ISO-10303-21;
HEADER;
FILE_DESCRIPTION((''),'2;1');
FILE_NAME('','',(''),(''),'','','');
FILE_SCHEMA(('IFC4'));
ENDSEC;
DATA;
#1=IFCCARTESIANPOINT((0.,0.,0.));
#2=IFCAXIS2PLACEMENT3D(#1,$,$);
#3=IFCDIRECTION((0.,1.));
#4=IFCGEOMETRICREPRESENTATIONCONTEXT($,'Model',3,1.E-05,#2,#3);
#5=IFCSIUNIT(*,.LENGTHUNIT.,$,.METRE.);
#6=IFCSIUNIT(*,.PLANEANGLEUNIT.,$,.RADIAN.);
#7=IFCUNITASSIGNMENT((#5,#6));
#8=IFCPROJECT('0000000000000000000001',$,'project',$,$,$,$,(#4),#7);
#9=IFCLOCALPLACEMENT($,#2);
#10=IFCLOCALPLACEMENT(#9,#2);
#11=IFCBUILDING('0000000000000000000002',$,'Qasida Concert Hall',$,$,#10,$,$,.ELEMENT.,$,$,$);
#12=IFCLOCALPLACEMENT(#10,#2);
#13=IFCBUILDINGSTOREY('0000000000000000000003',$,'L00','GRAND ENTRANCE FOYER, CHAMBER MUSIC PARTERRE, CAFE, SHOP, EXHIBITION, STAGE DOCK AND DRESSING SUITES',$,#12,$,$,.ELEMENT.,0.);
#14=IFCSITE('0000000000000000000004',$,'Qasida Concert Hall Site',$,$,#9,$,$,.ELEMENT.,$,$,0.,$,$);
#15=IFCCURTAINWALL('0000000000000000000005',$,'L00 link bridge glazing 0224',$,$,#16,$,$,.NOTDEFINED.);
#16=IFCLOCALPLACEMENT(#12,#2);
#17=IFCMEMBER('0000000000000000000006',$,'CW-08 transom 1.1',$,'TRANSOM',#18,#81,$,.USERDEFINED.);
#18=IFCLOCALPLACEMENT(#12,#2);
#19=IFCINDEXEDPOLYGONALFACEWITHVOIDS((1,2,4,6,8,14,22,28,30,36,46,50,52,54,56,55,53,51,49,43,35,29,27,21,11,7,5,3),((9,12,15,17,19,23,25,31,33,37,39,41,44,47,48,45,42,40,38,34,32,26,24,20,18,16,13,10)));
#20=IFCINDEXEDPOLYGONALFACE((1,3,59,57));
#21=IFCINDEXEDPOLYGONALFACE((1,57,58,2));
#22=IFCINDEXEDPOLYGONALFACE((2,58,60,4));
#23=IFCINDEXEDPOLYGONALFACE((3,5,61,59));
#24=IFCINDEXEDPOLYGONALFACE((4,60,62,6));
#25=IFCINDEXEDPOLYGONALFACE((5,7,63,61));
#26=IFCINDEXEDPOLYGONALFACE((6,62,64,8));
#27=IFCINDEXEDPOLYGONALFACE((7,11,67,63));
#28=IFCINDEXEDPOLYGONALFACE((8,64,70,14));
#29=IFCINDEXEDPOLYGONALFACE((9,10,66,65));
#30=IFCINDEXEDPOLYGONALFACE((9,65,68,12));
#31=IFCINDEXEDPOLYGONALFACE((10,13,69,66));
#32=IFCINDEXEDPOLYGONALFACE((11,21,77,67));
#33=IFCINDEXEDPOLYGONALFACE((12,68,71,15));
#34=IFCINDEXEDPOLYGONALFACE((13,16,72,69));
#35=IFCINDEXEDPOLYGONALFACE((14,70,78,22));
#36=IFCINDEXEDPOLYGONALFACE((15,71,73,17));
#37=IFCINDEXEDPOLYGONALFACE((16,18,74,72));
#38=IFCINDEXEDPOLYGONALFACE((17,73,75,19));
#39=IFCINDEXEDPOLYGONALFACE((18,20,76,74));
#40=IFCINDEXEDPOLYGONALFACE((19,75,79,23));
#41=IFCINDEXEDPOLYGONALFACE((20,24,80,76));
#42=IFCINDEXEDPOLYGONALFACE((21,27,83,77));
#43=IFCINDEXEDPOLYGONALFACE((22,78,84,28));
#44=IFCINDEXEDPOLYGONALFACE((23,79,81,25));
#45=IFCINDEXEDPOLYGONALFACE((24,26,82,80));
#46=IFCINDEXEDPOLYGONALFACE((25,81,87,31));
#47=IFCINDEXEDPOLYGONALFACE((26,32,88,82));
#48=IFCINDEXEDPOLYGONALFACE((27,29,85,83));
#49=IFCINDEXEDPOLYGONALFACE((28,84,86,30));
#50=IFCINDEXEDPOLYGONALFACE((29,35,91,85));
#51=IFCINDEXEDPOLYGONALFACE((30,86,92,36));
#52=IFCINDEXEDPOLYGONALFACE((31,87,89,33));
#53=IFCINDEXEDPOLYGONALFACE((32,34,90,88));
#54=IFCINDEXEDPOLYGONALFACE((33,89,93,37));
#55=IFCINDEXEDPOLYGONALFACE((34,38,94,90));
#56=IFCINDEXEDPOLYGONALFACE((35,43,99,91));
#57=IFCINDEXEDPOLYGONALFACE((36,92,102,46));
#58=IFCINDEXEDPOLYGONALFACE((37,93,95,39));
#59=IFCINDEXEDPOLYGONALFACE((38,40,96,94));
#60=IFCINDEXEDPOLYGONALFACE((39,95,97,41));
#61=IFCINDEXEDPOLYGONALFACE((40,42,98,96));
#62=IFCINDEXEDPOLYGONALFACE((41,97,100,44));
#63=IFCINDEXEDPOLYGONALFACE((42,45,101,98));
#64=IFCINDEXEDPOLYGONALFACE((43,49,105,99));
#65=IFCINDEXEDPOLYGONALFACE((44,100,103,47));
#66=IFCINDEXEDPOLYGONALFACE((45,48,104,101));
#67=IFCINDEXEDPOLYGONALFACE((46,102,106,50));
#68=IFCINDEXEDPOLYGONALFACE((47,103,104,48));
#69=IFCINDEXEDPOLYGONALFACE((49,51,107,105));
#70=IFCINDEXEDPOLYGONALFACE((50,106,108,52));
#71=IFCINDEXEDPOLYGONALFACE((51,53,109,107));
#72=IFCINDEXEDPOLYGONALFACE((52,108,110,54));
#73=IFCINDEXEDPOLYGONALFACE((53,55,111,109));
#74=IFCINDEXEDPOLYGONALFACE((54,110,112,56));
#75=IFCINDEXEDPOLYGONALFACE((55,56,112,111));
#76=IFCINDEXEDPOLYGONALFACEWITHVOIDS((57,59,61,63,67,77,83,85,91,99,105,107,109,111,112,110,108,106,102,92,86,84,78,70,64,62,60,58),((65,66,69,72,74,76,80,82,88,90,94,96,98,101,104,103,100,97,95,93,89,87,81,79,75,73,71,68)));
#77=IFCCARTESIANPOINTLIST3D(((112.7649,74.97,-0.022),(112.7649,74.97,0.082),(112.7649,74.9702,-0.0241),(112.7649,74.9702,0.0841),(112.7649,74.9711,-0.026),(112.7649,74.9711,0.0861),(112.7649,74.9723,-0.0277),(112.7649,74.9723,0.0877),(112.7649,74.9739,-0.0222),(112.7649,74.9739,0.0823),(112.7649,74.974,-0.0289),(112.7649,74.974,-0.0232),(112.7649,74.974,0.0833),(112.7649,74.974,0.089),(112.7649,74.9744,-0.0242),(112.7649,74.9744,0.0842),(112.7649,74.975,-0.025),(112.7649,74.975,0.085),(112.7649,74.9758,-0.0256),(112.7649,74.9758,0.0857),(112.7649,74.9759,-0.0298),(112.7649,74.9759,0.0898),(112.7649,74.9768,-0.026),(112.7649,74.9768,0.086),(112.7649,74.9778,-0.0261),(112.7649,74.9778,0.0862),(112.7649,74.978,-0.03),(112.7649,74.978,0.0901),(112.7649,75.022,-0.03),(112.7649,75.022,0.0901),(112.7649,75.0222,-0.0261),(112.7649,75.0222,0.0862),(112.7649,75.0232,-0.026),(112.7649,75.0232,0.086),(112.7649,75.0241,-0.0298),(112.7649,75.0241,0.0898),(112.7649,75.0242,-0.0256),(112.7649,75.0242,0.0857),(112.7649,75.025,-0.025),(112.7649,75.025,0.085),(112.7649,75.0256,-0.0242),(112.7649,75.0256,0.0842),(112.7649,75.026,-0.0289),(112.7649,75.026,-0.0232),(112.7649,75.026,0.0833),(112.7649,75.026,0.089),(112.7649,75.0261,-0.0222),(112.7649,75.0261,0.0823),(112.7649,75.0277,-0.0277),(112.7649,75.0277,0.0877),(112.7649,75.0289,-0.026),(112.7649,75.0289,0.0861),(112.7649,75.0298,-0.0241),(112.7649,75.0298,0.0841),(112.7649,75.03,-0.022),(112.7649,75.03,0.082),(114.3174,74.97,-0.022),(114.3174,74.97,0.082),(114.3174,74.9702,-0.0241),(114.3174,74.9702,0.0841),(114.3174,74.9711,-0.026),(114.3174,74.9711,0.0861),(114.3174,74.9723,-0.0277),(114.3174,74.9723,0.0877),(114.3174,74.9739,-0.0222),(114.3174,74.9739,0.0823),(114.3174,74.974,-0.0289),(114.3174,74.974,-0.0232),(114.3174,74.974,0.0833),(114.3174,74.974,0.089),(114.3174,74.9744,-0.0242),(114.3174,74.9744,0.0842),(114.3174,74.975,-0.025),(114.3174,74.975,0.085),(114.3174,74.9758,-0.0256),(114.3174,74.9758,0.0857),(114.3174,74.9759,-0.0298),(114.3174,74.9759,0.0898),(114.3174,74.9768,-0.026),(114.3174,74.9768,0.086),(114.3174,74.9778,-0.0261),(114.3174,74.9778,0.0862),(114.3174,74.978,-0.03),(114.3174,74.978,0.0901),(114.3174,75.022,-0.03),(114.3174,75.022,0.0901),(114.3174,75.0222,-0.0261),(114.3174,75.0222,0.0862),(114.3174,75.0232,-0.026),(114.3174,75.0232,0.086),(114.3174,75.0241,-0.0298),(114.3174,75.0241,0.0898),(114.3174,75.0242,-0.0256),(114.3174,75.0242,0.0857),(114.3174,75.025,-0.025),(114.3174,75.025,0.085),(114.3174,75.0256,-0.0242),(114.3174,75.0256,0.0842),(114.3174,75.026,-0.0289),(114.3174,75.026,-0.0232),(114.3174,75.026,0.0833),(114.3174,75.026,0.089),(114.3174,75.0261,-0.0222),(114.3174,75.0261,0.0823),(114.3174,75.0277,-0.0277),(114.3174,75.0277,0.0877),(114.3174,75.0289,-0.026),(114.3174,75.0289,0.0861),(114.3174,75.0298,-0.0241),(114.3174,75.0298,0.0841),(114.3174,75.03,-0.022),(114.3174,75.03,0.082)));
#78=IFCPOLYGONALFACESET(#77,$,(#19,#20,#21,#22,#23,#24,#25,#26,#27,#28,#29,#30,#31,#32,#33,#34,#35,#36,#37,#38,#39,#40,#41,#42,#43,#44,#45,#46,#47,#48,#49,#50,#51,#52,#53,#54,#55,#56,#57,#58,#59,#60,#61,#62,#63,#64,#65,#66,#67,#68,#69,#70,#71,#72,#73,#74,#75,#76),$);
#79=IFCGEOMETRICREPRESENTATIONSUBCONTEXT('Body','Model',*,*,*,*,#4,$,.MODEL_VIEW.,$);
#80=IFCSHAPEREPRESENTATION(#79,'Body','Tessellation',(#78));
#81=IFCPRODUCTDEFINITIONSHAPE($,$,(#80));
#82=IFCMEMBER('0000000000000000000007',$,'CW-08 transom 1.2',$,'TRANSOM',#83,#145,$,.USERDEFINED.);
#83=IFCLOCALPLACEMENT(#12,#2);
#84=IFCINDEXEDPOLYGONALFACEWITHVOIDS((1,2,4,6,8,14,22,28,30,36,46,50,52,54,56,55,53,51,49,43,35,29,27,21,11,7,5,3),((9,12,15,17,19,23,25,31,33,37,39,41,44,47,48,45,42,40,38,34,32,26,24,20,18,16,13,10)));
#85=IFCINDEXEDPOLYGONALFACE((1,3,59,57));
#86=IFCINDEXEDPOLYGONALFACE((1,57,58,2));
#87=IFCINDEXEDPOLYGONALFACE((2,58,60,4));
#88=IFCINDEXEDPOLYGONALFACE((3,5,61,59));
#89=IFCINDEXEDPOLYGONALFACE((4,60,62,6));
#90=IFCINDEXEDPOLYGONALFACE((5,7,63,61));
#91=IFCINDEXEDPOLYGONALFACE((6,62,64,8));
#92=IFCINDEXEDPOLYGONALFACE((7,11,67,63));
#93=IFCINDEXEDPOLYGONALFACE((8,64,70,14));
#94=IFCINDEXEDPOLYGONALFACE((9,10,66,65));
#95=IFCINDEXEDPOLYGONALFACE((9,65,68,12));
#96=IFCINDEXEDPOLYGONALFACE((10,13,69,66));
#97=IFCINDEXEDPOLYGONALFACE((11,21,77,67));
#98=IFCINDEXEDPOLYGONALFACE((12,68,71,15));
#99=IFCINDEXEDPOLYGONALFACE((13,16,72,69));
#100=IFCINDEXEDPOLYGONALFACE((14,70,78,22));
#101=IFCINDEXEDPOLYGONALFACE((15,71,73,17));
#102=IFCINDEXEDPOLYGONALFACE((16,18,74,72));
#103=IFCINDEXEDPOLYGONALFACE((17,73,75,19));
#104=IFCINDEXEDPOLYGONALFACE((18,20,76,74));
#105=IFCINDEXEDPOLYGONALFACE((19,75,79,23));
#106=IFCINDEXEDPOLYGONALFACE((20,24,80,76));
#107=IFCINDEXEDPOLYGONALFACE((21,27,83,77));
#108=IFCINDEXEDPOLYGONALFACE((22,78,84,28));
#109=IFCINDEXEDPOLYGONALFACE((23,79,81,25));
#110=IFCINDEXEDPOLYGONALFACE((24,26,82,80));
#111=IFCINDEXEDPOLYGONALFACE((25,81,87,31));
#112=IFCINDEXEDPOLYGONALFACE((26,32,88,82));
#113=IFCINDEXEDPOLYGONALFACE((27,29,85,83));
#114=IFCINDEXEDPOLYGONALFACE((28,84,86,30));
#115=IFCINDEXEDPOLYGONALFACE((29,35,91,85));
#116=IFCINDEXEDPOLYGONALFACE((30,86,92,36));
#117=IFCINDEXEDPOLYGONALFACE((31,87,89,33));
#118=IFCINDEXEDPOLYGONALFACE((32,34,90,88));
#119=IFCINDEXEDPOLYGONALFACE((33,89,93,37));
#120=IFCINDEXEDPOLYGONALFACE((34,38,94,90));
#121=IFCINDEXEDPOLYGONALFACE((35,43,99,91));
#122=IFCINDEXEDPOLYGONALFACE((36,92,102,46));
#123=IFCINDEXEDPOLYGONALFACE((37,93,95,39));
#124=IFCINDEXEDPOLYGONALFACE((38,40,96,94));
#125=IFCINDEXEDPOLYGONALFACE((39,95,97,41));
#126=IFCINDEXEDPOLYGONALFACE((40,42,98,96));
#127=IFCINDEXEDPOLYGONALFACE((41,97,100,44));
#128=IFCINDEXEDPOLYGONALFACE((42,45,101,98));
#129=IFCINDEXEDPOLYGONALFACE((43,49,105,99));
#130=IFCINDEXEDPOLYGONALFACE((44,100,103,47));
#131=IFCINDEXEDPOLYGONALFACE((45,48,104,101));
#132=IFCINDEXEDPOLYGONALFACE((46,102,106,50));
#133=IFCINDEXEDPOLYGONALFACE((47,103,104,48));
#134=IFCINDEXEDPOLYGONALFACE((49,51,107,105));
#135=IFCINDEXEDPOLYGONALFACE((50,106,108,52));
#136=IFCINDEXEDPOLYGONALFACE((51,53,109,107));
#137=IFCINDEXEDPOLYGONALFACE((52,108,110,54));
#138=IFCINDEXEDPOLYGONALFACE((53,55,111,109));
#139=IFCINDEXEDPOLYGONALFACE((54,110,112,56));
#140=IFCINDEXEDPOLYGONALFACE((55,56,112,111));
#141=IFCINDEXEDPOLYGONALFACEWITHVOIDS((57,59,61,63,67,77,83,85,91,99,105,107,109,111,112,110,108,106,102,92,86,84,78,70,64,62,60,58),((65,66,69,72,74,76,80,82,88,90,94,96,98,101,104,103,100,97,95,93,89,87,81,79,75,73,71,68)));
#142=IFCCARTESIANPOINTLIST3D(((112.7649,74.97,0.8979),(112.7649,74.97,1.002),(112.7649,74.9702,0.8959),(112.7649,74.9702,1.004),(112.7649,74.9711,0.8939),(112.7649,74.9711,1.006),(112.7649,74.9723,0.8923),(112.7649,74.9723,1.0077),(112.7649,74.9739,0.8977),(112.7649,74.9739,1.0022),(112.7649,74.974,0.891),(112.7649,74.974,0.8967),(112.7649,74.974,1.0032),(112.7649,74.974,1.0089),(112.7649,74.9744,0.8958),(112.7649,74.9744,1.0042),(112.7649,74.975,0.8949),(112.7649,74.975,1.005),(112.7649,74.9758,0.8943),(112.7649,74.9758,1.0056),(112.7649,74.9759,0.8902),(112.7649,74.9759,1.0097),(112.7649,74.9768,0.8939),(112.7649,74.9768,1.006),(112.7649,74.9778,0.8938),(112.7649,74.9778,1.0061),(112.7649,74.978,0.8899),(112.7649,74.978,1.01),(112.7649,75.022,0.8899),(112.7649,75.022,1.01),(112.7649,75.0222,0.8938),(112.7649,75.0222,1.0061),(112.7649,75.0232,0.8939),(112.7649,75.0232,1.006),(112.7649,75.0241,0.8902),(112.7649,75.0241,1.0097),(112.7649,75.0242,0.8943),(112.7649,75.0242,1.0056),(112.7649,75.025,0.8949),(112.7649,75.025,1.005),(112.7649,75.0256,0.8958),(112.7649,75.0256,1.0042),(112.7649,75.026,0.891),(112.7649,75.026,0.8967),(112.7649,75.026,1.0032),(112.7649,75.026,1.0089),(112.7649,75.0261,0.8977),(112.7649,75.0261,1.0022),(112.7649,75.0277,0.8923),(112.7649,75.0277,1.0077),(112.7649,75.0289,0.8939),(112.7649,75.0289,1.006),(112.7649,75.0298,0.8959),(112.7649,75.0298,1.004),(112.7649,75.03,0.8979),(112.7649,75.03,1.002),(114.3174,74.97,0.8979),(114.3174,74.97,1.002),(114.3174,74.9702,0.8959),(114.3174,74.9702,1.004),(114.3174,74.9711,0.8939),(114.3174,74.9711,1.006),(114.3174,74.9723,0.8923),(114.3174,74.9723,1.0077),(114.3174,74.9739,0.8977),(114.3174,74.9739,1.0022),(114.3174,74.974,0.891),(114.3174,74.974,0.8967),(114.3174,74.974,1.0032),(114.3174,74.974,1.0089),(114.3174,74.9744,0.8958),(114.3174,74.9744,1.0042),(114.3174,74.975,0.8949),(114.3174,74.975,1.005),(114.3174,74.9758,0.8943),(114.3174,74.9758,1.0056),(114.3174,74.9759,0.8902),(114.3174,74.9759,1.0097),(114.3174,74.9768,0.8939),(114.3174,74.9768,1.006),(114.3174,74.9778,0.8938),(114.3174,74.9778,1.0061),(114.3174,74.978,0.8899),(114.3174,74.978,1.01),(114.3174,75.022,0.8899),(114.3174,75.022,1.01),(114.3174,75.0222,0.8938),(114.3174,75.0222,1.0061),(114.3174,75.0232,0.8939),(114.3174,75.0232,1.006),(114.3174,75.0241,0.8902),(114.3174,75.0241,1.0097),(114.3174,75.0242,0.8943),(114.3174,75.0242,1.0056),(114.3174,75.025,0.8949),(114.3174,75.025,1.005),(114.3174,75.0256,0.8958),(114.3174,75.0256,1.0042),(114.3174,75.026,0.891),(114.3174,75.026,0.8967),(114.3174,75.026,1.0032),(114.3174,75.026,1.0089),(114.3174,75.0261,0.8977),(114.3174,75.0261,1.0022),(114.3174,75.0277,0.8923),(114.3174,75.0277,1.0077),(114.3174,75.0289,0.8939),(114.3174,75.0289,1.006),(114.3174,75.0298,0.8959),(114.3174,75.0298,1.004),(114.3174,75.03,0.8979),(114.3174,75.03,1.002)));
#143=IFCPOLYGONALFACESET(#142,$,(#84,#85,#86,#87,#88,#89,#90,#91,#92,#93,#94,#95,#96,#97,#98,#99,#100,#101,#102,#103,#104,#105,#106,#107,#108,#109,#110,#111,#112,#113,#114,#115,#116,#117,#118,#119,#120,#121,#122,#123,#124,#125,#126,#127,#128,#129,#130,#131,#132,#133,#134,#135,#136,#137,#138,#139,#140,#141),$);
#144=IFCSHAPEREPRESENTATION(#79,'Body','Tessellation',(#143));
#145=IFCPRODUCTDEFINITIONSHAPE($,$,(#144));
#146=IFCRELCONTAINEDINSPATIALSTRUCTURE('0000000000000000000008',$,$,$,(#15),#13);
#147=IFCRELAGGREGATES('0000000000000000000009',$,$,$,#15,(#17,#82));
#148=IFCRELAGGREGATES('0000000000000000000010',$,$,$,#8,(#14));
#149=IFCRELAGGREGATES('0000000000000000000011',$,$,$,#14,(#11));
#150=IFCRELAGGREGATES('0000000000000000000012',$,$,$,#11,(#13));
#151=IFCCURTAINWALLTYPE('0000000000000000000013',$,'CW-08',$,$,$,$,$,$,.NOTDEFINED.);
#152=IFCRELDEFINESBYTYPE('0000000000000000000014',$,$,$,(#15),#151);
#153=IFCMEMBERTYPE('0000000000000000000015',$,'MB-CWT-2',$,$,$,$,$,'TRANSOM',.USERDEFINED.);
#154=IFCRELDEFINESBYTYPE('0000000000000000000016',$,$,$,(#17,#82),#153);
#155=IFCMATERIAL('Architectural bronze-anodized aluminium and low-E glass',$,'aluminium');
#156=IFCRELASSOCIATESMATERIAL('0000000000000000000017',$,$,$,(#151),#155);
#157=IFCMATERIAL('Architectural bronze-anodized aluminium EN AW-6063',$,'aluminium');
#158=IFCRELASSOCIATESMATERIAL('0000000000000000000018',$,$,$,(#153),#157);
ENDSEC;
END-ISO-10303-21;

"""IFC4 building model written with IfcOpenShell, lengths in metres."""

from ifc_helpers import new_model, si_unit, direction, frame, origin, origin_2d, place, context, subcontext, project, spatial, hollow_rectangle, extrude, material, material_profile, profile_set, type_object, element, aggregate, save


model = new_model("IFC4")

# Units and contexts
model_context = context("Model", 3, precision=1e-05, world=origin(), true_north=direction((0.0, 1.0)))
body_context = subcontext(model_context, "Body", "Model", "MODEL_VIEW")
ifc_project = project(units=[si_unit("LENGTHUNIT", "METRE"), si_unit("PLANEANGLEUNIT", "RADIAN")], contexts=[model_context])

# Site, building, storey
site_placement = place(None, origin())
site = spatial("IfcSite", under=ifc_project, at=site_placement, Name="Qasida Concert Hall Site", CompositionType="ELEMENT", RefElevation=0.0)
building_placement = place(site_placement, origin())
building = spatial("IfcBuilding", under=site, at=building_placement, Name="Qasida Concert Hall", CompositionType="ELEMENT")
storey_placement = place(building_placement, origin())
storey = spatial("IfcBuildingStorey", under=building, at=storey_placement, Name="L00", Description="GRAND ENTRANCE FOYER, CHAMBER MUSIC PARTERRE, CAFE, SHOP, EXHIBITION, STAGE DOCK AND DRESSING SUITES", CompositionType="ELEMENT", Elevation=0.0)

# Curtain wall
ifc_material_1 = material(Name="Architectural bronze-anodized aluminium and low-E glass", Category="aluminium")
curtain_wall_type = type_object("IfcCurtainWallType", Name="CW-08", PredefinedType="NOTDEFINED", material=ifc_material_1)
ifc_material_2 = material(Name="Architectural bronze-anodized aluminium EN AW-6063", Category="aluminium")
curtain_wall_1_placement = place(storey_placement, origin())
curtain_wall_1 = element("IfcCurtainWall", 1, at=curtain_wall_1_placement, inside=storey, type_object=curtain_wall_type, Name="L00 link bridge glazing 0224", PredefinedType="NOTDEFINED")

# Members
ifc_material_profile_1 = material_profile(ifc_material_2, hollow_rectangle(XDim=0.0601, YDim=0.1201, WallThickness=0.0039, InnerFilletRadius=0.0039, OuterFilletRadius=0.0081, at=origin_2d()), Name="CWT 120x60x4")
ifc_profile_set_1 = profile_set([ifc_material_profile_1], Name="Architectural bronze-anodized aluminium EN AW-6063")
member_type_1 = type_object("IfcMemberType", Name="MB-CWT-2", ElementType="TRANSOM", PredefinedType="USERDEFINED", material=ifc_profile_set_1)
member_1_placement = place(storey_placement, frame((112.7649, 75.0, 0.03), z_axis=(1.0, 0.0, 0.0), x_axis=(0.0, 1.0, 0.0)))
member_1 = element("IfcMember", 2, at=member_1_placement, type_object=member_type_1, Name="CW-08 transom 1.1", ObjectType="TRANSOM", PredefinedType="USERDEFINED", context=body_context, shape_type="SweptSolid", body=[
    extrude(hollow_rectangle(XDim=0.0601, YDim=0.1201, WallThickness=0.0039, InnerFilletRadius=0.0039, OuterFilletRadius=0.0081, at=origin_2d()), origin(), (0.0, 0.0, 1.0), 1.5525),
])
member_2_placement = place(storey_placement, frame((112.7649, 75.0, 0.95), z_axis=(1.0, 0.0, 0.0), x_axis=(0.0, 1.0, 0.0)))
member_2 = element("IfcMember", 3, at=member_2_placement, type_object=member_type_1, Name="CW-08 transom 1.2", ObjectType="TRANSOM", PredefinedType="USERDEFINED", context=body_context, shape_type="SweptSolid", body=[
    extrude(hollow_rectangle(XDim=0.0601, YDim=0.1201, WallThickness=0.0039, InnerFilletRadius=0.0039, OuterFilletRadius=0.0081, at=origin_2d()), origin(), (0.0, 0.0, 1.0), 1.5525),
])

aggregate(curtain_wall_1, [member_1, member_2])

save(model, "model.ifc")
